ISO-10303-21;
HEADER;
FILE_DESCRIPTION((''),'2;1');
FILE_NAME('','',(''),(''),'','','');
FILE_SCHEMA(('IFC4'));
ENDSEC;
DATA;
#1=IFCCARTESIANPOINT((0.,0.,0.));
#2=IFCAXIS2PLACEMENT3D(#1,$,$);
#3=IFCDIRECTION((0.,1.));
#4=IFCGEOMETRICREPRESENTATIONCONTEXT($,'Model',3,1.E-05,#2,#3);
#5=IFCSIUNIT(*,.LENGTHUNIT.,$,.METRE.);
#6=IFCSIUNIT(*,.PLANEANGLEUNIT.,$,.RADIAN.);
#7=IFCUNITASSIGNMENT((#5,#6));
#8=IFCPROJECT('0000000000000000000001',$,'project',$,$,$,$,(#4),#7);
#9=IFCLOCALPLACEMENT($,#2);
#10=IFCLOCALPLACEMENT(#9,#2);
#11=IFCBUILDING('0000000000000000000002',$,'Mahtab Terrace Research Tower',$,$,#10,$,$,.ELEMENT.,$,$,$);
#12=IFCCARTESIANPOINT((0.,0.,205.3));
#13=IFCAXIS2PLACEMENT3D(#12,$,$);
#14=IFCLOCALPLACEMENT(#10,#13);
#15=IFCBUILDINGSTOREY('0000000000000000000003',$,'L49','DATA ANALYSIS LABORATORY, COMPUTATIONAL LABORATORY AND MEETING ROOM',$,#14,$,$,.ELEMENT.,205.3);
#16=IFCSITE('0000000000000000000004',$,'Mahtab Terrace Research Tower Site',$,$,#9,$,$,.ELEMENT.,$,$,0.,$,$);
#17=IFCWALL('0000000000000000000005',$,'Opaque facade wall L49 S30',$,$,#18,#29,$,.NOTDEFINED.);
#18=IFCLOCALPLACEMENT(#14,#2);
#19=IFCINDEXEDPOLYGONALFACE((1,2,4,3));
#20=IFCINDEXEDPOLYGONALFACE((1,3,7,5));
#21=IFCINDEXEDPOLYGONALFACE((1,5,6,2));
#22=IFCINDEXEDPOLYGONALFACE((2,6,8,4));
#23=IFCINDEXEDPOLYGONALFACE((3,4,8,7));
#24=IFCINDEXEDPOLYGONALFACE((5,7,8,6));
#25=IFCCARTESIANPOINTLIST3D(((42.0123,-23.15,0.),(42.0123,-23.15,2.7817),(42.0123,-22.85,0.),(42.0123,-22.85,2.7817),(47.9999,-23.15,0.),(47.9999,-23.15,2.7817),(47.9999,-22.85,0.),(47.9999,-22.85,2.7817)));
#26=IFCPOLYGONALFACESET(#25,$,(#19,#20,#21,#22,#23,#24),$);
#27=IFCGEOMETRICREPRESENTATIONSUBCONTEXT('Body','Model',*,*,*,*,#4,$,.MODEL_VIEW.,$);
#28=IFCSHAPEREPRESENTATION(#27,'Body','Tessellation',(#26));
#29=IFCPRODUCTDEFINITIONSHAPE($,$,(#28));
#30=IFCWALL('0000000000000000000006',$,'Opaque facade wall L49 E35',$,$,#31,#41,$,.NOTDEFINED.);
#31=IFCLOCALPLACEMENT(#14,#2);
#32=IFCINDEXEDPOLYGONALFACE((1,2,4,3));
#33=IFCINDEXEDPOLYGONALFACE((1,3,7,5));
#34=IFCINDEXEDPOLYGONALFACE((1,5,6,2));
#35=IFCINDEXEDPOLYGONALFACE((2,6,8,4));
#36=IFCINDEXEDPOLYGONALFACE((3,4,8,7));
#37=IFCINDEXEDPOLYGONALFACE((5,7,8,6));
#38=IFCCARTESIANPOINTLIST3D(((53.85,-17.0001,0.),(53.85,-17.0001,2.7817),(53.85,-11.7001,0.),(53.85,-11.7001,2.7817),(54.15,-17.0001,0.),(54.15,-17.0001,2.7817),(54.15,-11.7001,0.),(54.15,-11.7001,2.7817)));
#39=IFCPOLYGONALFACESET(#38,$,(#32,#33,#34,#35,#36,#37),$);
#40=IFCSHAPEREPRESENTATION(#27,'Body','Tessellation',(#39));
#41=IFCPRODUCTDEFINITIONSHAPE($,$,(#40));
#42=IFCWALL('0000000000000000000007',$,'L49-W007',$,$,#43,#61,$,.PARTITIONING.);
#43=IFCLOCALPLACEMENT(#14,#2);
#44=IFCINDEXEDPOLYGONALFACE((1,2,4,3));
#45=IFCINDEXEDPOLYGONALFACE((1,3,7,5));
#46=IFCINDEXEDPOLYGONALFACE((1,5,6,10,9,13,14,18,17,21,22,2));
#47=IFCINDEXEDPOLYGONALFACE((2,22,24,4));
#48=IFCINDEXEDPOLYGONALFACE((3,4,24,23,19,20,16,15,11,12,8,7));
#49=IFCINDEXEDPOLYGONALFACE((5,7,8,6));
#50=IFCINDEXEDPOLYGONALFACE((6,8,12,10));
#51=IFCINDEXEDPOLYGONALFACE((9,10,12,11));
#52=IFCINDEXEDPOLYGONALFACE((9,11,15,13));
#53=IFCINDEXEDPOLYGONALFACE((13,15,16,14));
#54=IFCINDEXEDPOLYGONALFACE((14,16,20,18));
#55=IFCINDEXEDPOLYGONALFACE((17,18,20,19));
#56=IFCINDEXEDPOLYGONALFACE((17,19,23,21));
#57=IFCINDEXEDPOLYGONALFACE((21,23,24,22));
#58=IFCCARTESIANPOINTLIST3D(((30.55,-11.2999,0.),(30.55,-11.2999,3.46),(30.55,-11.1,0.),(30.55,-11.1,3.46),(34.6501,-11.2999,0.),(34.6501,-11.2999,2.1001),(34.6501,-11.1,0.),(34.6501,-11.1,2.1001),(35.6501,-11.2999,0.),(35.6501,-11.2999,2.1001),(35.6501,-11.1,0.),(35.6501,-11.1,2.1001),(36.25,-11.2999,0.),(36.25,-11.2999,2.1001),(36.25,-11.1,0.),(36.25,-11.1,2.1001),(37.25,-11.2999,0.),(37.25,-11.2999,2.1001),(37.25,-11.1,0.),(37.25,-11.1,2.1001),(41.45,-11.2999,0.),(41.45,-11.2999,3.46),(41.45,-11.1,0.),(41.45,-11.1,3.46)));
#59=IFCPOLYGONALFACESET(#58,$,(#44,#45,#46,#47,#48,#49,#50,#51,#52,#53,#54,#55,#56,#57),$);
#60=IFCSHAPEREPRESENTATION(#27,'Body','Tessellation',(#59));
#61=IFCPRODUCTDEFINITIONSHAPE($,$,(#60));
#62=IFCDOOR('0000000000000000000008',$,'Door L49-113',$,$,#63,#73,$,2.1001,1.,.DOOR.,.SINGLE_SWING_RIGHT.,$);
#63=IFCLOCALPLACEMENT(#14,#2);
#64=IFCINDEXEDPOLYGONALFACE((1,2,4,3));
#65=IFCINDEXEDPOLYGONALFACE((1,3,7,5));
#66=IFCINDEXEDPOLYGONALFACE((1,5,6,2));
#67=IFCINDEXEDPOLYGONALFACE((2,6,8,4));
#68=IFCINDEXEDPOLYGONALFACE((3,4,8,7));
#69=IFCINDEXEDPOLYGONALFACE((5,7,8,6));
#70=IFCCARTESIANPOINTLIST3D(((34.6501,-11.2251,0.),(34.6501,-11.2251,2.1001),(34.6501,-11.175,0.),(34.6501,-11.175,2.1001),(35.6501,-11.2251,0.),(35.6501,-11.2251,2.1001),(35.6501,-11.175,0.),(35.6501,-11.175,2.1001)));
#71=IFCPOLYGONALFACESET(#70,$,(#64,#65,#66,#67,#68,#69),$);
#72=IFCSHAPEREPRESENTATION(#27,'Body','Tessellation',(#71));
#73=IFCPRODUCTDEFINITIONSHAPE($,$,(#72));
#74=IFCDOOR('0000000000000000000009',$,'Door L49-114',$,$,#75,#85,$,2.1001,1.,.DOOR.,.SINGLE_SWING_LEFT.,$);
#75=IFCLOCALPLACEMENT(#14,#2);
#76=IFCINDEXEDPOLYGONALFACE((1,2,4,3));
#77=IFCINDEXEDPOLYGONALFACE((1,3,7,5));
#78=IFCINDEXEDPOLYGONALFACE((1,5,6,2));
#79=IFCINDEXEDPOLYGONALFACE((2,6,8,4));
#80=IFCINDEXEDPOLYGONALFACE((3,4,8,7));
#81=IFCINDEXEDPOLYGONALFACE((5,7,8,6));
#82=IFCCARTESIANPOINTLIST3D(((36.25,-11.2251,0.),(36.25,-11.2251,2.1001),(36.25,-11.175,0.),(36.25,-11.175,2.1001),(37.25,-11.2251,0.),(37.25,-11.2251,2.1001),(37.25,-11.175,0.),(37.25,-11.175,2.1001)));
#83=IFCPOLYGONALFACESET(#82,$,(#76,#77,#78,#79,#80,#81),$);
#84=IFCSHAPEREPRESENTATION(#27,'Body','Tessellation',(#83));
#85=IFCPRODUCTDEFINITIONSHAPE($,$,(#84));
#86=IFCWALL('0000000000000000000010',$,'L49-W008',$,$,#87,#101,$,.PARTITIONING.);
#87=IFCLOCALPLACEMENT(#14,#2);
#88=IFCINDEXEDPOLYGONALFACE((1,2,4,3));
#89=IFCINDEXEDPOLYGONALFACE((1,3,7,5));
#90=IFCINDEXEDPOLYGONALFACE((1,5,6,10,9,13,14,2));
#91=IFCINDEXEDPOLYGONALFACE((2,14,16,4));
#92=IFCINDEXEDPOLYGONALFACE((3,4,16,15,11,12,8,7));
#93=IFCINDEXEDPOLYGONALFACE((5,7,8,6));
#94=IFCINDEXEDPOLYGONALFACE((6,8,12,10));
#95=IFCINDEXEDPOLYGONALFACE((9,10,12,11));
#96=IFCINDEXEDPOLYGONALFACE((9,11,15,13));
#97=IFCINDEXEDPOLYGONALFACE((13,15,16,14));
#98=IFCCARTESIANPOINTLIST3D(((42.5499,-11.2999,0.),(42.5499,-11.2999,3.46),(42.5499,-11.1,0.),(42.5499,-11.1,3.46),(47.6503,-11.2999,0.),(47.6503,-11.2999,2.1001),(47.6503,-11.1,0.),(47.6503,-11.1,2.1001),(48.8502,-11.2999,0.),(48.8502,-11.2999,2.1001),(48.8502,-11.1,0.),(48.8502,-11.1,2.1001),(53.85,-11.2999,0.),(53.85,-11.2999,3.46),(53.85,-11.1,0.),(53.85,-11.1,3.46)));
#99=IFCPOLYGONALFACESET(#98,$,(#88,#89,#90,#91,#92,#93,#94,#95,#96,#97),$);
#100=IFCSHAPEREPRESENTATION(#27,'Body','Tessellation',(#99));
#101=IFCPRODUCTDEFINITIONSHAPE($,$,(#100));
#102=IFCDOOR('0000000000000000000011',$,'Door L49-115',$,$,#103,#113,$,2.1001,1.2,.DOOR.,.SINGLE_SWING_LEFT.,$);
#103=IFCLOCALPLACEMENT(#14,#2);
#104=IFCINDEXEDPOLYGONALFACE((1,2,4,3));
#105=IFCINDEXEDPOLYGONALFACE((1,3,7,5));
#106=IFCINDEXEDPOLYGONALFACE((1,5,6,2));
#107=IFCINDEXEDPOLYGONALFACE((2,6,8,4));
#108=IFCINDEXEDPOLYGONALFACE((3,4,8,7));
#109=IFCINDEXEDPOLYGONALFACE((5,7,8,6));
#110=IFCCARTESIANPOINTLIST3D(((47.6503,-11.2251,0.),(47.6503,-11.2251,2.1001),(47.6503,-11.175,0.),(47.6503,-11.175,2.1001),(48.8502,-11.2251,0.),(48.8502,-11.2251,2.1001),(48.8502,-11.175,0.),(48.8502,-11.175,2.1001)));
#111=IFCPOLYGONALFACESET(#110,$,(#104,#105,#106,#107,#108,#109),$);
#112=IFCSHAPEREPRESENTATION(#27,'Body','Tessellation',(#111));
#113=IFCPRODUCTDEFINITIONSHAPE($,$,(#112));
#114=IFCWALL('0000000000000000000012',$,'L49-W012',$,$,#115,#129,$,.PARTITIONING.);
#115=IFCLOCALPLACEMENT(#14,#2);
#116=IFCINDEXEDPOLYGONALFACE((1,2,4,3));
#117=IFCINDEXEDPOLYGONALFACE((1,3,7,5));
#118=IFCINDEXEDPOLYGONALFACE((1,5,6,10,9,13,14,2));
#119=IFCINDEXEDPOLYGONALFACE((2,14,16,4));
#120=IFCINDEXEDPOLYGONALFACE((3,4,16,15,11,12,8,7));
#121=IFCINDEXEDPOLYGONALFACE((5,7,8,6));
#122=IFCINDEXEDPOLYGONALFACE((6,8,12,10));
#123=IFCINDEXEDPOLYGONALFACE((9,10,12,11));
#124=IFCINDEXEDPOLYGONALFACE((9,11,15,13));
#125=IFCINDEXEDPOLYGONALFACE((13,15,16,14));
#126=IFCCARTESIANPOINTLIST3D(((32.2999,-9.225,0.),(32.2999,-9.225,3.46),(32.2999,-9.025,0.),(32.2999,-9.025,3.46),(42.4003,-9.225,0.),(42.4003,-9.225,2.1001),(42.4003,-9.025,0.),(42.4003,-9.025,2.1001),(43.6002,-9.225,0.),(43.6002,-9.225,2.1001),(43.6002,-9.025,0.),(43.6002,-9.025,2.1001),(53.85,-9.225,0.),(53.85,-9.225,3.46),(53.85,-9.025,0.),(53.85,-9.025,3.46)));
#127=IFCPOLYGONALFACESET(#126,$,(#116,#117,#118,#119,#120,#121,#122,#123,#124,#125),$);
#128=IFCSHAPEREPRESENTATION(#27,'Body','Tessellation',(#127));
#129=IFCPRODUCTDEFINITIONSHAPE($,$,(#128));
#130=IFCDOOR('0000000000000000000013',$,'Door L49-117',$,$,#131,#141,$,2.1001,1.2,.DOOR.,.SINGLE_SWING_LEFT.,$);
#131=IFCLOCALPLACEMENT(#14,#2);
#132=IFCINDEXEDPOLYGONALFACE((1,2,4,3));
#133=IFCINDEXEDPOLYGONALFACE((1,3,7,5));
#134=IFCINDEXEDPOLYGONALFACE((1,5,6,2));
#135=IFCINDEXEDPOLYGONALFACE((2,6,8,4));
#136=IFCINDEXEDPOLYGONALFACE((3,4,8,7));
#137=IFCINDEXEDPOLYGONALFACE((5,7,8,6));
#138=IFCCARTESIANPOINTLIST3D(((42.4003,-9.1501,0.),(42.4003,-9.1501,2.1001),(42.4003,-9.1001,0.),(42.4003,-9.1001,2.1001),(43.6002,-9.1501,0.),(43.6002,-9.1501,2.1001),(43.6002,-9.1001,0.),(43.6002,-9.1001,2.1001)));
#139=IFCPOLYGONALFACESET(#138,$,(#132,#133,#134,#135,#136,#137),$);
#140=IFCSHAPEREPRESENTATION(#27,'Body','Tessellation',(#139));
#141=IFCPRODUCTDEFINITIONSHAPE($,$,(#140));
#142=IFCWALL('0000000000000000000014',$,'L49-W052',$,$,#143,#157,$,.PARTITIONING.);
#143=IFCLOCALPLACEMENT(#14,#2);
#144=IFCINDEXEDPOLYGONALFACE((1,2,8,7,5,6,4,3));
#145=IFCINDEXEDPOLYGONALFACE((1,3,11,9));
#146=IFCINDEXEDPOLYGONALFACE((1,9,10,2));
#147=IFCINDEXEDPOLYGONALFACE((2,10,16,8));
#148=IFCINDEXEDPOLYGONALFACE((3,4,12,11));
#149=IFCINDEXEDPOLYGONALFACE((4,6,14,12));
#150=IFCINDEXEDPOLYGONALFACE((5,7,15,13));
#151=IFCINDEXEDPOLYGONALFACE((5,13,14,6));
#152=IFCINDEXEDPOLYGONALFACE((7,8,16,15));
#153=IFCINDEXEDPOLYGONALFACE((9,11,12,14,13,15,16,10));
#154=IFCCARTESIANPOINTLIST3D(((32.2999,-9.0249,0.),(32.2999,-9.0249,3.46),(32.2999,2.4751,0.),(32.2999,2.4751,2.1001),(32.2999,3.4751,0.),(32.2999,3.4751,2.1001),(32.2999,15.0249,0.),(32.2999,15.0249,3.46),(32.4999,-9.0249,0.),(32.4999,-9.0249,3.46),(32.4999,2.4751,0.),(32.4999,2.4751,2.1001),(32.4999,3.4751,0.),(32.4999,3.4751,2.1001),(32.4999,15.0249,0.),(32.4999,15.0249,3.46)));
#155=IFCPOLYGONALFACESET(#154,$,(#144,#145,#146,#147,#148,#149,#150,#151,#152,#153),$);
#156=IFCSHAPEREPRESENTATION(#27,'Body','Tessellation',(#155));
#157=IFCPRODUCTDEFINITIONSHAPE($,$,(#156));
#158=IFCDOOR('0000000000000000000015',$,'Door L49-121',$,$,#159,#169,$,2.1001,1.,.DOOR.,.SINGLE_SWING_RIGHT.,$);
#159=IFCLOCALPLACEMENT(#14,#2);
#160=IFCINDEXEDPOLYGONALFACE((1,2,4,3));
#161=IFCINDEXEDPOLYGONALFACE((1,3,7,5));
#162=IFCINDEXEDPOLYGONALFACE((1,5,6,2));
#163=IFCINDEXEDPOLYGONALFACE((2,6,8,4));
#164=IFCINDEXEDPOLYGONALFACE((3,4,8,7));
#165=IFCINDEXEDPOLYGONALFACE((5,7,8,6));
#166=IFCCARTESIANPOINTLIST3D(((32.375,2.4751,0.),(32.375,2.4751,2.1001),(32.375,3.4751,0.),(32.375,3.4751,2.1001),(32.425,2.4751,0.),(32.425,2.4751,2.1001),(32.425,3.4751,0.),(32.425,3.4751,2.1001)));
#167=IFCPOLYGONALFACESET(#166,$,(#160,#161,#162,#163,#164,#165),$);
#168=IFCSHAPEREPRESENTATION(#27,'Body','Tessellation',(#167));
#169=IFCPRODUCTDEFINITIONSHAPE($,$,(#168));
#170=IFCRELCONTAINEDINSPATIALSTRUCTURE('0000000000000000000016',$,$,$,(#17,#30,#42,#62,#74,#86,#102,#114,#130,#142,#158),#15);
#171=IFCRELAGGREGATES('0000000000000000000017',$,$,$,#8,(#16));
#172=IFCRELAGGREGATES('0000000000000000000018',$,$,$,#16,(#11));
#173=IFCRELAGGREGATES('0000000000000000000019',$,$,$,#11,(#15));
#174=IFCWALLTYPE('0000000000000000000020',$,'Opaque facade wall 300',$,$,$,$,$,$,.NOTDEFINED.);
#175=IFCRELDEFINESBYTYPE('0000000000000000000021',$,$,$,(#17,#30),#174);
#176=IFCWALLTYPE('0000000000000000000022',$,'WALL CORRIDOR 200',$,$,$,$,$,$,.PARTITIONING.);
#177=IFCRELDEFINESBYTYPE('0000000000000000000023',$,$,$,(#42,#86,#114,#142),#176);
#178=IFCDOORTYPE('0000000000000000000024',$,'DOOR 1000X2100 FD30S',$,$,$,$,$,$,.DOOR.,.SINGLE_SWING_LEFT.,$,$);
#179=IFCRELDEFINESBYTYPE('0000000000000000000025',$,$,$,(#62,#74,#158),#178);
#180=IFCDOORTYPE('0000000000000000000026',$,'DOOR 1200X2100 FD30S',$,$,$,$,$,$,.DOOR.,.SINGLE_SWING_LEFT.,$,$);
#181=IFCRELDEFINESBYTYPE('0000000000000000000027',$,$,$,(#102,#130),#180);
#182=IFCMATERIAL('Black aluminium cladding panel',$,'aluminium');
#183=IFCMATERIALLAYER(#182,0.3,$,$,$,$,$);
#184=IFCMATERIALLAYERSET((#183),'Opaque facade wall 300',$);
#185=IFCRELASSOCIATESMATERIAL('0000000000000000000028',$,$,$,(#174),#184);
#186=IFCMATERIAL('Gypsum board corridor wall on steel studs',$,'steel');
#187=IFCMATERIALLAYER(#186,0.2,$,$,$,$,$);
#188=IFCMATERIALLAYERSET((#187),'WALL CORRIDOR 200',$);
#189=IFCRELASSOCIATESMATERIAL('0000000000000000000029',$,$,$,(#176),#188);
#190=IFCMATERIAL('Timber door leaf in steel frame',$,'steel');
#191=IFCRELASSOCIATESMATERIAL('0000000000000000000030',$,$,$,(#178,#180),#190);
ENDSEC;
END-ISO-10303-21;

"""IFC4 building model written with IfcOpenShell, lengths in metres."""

from ifc_helpers import new_model, si_unit, direction, frame, frame_2d, origin, place, context, subcontext, project, spatial, rectangle, extrude, material, layer, layer_set, type_object, element, fill, save


model = new_model("IFC4")

# Units and contexts
model_context = context("Model", 3, precision=1e-05, world=origin(), true_north=direction((0.0, 1.0)))
body_context = subcontext(model_context, "Body", "Model", "MODEL_VIEW")
ifc_project = project(units=[si_unit("LENGTHUNIT", "METRE"), si_unit("PLANEANGLEUNIT", "RADIAN")], contexts=[model_context])

# Site, building, storey
site_placement = place(None, origin())
site = spatial("IfcSite", under=ifc_project, at=site_placement, Name="Mahtab Terrace Research Tower Site", CompositionType="ELEMENT", RefElevation=0.0)
building_placement = place(site_placement, origin())
building = spatial("IfcBuilding", under=site, at=building_placement, Name="Mahtab Terrace Research Tower", CompositionType="ELEMENT")
storey_placement = place(building_placement, frame((0.0, 0.0, 205.3)))
storey = spatial("IfcBuildingStorey", under=building, at=storey_placement, Name="L49", Description="DATA ANALYSIS LABORATORY, COMPUTATIONAL LABORATORY AND MEETING ROOM", CompositionType="ELEMENT", Elevation=205.3)

# Walls
ifc_material_1 = material(Name="Black aluminium cladding panel", Category="aluminium")
ifc_layer_1 = layer(ifc_material_1, 0.3)
ifc_layer_set_1 = layer_set([ifc_layer_1], Name="Opaque facade wall 300")
wall_type_1 = type_object("IfcWallType", Name="Opaque facade wall 300", PredefinedType="NOTDEFINED", material=ifc_layer_set_1)
wall_1_placement = place(storey_placement, frame((42.0125, -23.0, 0.0), z_axis=(0.0, 0.0, 1.0), x_axis=(1.0, 0.0, 0.0)))
element("IfcWall", 1, at=wall_1_placement, inside=storey, type_object=wall_type_1, Name="Opaque facade wall L49 S30", PredefinedType="NOTDEFINED", context=body_context, shape_type="SweptSolid", body=[
    extrude(rectangle(XDim=5.9875, YDim=0.3, at=frame_2d((2.9937, 0.0))), origin(), (0.0, 0.0, 1.0), 2.7817),
])
wall_2_placement = place(storey_placement, frame((54.0, -17.0, 0.0), z_axis=(0.0, 0.0, 1.0), x_axis=(0.0, 1.0, 0.0)))
element("IfcWall", 2, at=wall_2_placement, inside=storey, type_object=wall_type_1, Name="Opaque facade wall L49 E35", PredefinedType="NOTDEFINED", context=body_context, shape_type="SweptSolid", body=[
    extrude(rectangle(XDim=5.3, YDim=0.3, at=frame_2d((2.6499, 0.0))), origin(), (0.0, 0.0, 1.0), 2.7817),
])

# Wall, openings, doors
ifc_material_2 = material(Name="Gypsum board corridor wall on steel studs", Category="steel")
ifc_layer_2 = layer(ifc_material_2, 0.2)
ifc_layer_set_2 = layer_set([ifc_layer_2], Name="WALL CORRIDOR 200")
wall_type_2 = type_object("IfcWallType", Name="WALL CORRIDOR 200", PredefinedType="PARTITIONING", material=ifc_layer_set_2)
wall_3_placement = place(storey_placement, frame((30.55, -11.2, 0.0), z_axis=(0.0, 0.0, 1.0), x_axis=(1.0, 0.0, 0.0)))
wall_3 = element("IfcWall", 3, at=wall_3_placement, inside=storey, type_object=wall_type_2, Name="L49-W007", PredefinedType="PARTITIONING", context=body_context, shape_type="SweptSolid", body=[
    extrude(rectangle(XDim=10.8999, YDim=0.2, at=frame_2d((5.45, 0.0))), origin(), (0.0, 0.0, 1.0), 3.46),
])
opening_1_placement = place(wall_3_placement, frame((4.1001, 0.0, 0.0)))
opening_1 = element("IfcOpeningElement", 4, at=opening_1_placement, cuts=wall_3, PredefinedType="OPENING", context=body_context, shape_type="SweptSolid", body=[
    extrude(rectangle(XDim=1.0, YDim=2.1001, at=frame_2d((0.5, 1.05))), frame((0.0, 0.1099, 0.0), z_axis=(0.0, -1.0, 0.0), x_axis=(1.0, 0.0, 0.0)), (0.0, 0.0, 1.0), 0.22),
])
opening_2_placement = place(wall_3_placement, frame((5.7, 0.0, 0.0)))
opening_2 = element("IfcOpeningElement", 5, at=opening_2_placement, cuts=wall_3, PredefinedType="OPENING", context=body_context, shape_type="SweptSolid", body=[
    extrude(rectangle(XDim=1.0, YDim=2.1001, at=frame_2d((0.5, 1.05))), frame((0.0, 0.1099, 0.0), z_axis=(0.0, -1.0, 0.0), x_axis=(1.0, 0.0, 0.0)), (0.0, 0.0, 1.0), 0.22),
])
ifc_material_3 = material(Name="Timber door leaf in steel frame", Category="steel")
door_type_1 = type_object("IfcDoorType", Name="DOOR 1000X2100 FD30S", OperationType="SINGLE_SWING_LEFT", PredefinedType="DOOR", material=ifc_material_3)
door_1_placement = place(opening_1_placement, origin())
door_1 = element("IfcDoor", 6, at=door_1_placement, inside=storey, type_object=door_type_1, Name="Door L49-113", OperationType="SINGLE_SWING_RIGHT", OverallHeight=2.1001, OverallWidth=1.0, PredefinedType="DOOR", context=body_context, shape_type="SweptSolid", body=[
    extrude(rectangle(XDim=1.0, YDim=2.1001, at=frame_2d((0.5, 1.05))), frame((0.0, 0.0249, 0.0), z_axis=(0.0, -1.0, 0.0), x_axis=(1.0, 0.0, 0.0)), (0.0, 0.0, 1.0), 0.05),
])
fill(opening_1, door_1)
door_2_placement = place(opening_2_placement, origin())
door_2 = element("IfcDoor", 7, at=door_2_placement, inside=storey, type_object=door_type_1, Name="Door L49-114", OperationType="SINGLE_SWING_LEFT", OverallHeight=2.1001, OverallWidth=1.0, PredefinedType="DOOR", context=body_context, shape_type="SweptSolid", body=[
    extrude(rectangle(XDim=1.0, YDim=2.1001, at=frame_2d((0.5, 1.05))), frame((0.0, 0.0249, 0.0), z_axis=(0.0, -1.0, 0.0), x_axis=(1.0, 0.0, 0.0)), (0.0, 0.0, 1.0), 0.05),
])
fill(opening_2, door_2)

# Walls, openings, doors
wall_4_placement = place(storey_placement, frame((42.55, -11.2, 0.0), z_axis=(0.0, 0.0, 1.0), x_axis=(1.0, 0.0, 0.0)))
wall_4 = element("IfcWall", 8, at=wall_4_placement, inside=storey, type_object=wall_type_2, Name="L49-W008", PredefinedType="PARTITIONING", context=body_context, shape_type="SweptSolid", body=[
    extrude(rectangle(XDim=11.3, YDim=0.2, at=frame_2d((5.6499, 0.0))), origin(), (0.0, 0.0, 1.0), 3.46),
])
opening_3_placement = place(wall_4_placement, frame((5.1001, 0.0, 0.0)))
opening_3 = element("IfcOpeningElement", 9, at=opening_3_placement, cuts=wall_4, PredefinedType="OPENING", context=body_context, shape_type="SweptSolid", body=[
    extrude(rectangle(XDim=1.2, YDim=2.1001, at=frame_2d((0.6001, 1.05))), frame((0.0, 0.1099, 0.0), z_axis=(0.0, -1.0, 0.0), x_axis=(1.0, 0.0, 0.0)), (0.0, 0.0, 1.0), 0.22),
])
door_type_2 = type_object("IfcDoorType", Name="DOOR 1200X2100 FD30S", OperationType="SINGLE_SWING_LEFT", PredefinedType="DOOR", material=ifc_material_3)
door_3_placement = place(opening_3_placement, origin())
door_3 = element("IfcDoor", 10, at=door_3_placement, inside=storey, type_object=door_type_2, Name="Door L49-115", OperationType="SINGLE_SWING_LEFT", OverallHeight=2.1001, OverallWidth=1.2, PredefinedType="DOOR", context=body_context, shape_type="SweptSolid", body=[
    extrude(rectangle(XDim=1.2, YDim=2.1001, at=frame_2d((0.6001, 1.05))), frame((0.0, 0.0249, 0.0), z_axis=(0.0, -1.0, 0.0), x_axis=(1.0, 0.0, 0.0)), (0.0, 0.0, 1.0), 0.05),
])
fill(opening_3, door_3)
wall_5_placement = place(storey_placement, frame((32.3, -9.125, 0.0), z_axis=(0.0, 0.0, 1.0), x_axis=(1.0, 0.0, 0.0)))
wall_5 = element("IfcWall", 11, at=wall_5_placement, inside=storey, type_object=wall_type_2, Name="L49-W012", PredefinedType="PARTITIONING", context=body_context, shape_type="SweptSolid", body=[
    extrude(rectangle(XDim=21.55, YDim=0.2, at=frame_2d((10.7749, 0.0))), origin(), (0.0, 0.0, 1.0), 3.46),
])
opening_4_placement = place(wall_5_placement, frame((10.1001, 0.0, 0.0)))
opening_4 = element("IfcOpeningElement", 12, at=opening_4_placement, cuts=wall_5, PredefinedType="OPENING", context=body_context, shape_type="SweptSolid", body=[
    extrude(rectangle(XDim=1.2, YDim=2.1001, at=frame_2d((0.6001, 1.05))), frame((0.0, 0.1099, 0.0), z_axis=(0.0, -1.0, 0.0), x_axis=(1.0, 0.0, 0.0)), (0.0, 0.0, 1.0), 0.22),
])
door_4_placement = place(opening_4_placement, origin())
door_4 = element("IfcDoor", 13, at=door_4_placement, inside=storey, type_object=door_type_2, Name="Door L49-117", OperationType="SINGLE_SWING_LEFT", OverallHeight=2.1001, OverallWidth=1.2, PredefinedType="DOOR", context=body_context, shape_type="SweptSolid", body=[
    extrude(rectangle(XDim=1.2, YDim=2.1001, at=frame_2d((0.6001, 1.05))), frame((0.0, 0.0249, 0.0), z_axis=(0.0, -1.0, 0.0), x_axis=(1.0, 0.0, 0.0)), (0.0, 0.0, 1.0), 0.05),
])
fill(opening_4, door_4)
wall_6_placement = place(storey_placement, frame((32.3999, -9.0249, 0.0), z_axis=(0.0, 0.0, 1.0), x_axis=(0.0, 1.0, 0.0)))
wall_6 = element("IfcWall", 14, at=wall_6_placement, inside=storey, type_object=wall_type_2, Name="L49-W052", PredefinedType="PARTITIONING", context=body_context, shape_type="SweptSolid", body=[
    extrude(rectangle(XDim=24.0498, YDim=0.2, at=frame_2d((12.0249, 0.0))), origin(), (0.0, 0.0, 1.0), 3.46),
])
opening_5_placement = place(wall_6_placement, frame((11.5, 0.0, 0.0)))
opening_5 = element("IfcOpeningElement", 15, at=opening_5_placement, cuts=wall_6, PredefinedType="OPENING", context=body_context, shape_type="SweptSolid", body=[
    extrude(rectangle(XDim=1.0, YDim=2.1001, at=frame_2d((0.5, 1.05))), frame((0.0, 0.1099, 0.0), z_axis=(0.0, -1.0, 0.0), x_axis=(1.0, 0.0, 0.0)), (0.0, 0.0, 1.0), 0.22),
])
door_5_placement = place(opening_5_placement, origin())
door_5 = element("IfcDoor", 16, at=door_5_placement, inside=storey, type_object=door_type_1, Name="Door L49-121", OperationType="SINGLE_SWING_RIGHT", OverallHeight=2.1001, OverallWidth=1.0, PredefinedType="DOOR", context=body_context, shape_type="SweptSolid", body=[
    extrude(rectangle(XDim=1.0, YDim=2.1001, at=frame_2d((0.5, 1.05))), frame((0.0, 0.0249, 0.0), z_axis=(0.0, -1.0, 0.0), x_axis=(1.0, 0.0, 0.0)), (0.0, 0.0, 1.0), 0.05),
])
fill(opening_5, door_5)

save(model, "model.ifc")
